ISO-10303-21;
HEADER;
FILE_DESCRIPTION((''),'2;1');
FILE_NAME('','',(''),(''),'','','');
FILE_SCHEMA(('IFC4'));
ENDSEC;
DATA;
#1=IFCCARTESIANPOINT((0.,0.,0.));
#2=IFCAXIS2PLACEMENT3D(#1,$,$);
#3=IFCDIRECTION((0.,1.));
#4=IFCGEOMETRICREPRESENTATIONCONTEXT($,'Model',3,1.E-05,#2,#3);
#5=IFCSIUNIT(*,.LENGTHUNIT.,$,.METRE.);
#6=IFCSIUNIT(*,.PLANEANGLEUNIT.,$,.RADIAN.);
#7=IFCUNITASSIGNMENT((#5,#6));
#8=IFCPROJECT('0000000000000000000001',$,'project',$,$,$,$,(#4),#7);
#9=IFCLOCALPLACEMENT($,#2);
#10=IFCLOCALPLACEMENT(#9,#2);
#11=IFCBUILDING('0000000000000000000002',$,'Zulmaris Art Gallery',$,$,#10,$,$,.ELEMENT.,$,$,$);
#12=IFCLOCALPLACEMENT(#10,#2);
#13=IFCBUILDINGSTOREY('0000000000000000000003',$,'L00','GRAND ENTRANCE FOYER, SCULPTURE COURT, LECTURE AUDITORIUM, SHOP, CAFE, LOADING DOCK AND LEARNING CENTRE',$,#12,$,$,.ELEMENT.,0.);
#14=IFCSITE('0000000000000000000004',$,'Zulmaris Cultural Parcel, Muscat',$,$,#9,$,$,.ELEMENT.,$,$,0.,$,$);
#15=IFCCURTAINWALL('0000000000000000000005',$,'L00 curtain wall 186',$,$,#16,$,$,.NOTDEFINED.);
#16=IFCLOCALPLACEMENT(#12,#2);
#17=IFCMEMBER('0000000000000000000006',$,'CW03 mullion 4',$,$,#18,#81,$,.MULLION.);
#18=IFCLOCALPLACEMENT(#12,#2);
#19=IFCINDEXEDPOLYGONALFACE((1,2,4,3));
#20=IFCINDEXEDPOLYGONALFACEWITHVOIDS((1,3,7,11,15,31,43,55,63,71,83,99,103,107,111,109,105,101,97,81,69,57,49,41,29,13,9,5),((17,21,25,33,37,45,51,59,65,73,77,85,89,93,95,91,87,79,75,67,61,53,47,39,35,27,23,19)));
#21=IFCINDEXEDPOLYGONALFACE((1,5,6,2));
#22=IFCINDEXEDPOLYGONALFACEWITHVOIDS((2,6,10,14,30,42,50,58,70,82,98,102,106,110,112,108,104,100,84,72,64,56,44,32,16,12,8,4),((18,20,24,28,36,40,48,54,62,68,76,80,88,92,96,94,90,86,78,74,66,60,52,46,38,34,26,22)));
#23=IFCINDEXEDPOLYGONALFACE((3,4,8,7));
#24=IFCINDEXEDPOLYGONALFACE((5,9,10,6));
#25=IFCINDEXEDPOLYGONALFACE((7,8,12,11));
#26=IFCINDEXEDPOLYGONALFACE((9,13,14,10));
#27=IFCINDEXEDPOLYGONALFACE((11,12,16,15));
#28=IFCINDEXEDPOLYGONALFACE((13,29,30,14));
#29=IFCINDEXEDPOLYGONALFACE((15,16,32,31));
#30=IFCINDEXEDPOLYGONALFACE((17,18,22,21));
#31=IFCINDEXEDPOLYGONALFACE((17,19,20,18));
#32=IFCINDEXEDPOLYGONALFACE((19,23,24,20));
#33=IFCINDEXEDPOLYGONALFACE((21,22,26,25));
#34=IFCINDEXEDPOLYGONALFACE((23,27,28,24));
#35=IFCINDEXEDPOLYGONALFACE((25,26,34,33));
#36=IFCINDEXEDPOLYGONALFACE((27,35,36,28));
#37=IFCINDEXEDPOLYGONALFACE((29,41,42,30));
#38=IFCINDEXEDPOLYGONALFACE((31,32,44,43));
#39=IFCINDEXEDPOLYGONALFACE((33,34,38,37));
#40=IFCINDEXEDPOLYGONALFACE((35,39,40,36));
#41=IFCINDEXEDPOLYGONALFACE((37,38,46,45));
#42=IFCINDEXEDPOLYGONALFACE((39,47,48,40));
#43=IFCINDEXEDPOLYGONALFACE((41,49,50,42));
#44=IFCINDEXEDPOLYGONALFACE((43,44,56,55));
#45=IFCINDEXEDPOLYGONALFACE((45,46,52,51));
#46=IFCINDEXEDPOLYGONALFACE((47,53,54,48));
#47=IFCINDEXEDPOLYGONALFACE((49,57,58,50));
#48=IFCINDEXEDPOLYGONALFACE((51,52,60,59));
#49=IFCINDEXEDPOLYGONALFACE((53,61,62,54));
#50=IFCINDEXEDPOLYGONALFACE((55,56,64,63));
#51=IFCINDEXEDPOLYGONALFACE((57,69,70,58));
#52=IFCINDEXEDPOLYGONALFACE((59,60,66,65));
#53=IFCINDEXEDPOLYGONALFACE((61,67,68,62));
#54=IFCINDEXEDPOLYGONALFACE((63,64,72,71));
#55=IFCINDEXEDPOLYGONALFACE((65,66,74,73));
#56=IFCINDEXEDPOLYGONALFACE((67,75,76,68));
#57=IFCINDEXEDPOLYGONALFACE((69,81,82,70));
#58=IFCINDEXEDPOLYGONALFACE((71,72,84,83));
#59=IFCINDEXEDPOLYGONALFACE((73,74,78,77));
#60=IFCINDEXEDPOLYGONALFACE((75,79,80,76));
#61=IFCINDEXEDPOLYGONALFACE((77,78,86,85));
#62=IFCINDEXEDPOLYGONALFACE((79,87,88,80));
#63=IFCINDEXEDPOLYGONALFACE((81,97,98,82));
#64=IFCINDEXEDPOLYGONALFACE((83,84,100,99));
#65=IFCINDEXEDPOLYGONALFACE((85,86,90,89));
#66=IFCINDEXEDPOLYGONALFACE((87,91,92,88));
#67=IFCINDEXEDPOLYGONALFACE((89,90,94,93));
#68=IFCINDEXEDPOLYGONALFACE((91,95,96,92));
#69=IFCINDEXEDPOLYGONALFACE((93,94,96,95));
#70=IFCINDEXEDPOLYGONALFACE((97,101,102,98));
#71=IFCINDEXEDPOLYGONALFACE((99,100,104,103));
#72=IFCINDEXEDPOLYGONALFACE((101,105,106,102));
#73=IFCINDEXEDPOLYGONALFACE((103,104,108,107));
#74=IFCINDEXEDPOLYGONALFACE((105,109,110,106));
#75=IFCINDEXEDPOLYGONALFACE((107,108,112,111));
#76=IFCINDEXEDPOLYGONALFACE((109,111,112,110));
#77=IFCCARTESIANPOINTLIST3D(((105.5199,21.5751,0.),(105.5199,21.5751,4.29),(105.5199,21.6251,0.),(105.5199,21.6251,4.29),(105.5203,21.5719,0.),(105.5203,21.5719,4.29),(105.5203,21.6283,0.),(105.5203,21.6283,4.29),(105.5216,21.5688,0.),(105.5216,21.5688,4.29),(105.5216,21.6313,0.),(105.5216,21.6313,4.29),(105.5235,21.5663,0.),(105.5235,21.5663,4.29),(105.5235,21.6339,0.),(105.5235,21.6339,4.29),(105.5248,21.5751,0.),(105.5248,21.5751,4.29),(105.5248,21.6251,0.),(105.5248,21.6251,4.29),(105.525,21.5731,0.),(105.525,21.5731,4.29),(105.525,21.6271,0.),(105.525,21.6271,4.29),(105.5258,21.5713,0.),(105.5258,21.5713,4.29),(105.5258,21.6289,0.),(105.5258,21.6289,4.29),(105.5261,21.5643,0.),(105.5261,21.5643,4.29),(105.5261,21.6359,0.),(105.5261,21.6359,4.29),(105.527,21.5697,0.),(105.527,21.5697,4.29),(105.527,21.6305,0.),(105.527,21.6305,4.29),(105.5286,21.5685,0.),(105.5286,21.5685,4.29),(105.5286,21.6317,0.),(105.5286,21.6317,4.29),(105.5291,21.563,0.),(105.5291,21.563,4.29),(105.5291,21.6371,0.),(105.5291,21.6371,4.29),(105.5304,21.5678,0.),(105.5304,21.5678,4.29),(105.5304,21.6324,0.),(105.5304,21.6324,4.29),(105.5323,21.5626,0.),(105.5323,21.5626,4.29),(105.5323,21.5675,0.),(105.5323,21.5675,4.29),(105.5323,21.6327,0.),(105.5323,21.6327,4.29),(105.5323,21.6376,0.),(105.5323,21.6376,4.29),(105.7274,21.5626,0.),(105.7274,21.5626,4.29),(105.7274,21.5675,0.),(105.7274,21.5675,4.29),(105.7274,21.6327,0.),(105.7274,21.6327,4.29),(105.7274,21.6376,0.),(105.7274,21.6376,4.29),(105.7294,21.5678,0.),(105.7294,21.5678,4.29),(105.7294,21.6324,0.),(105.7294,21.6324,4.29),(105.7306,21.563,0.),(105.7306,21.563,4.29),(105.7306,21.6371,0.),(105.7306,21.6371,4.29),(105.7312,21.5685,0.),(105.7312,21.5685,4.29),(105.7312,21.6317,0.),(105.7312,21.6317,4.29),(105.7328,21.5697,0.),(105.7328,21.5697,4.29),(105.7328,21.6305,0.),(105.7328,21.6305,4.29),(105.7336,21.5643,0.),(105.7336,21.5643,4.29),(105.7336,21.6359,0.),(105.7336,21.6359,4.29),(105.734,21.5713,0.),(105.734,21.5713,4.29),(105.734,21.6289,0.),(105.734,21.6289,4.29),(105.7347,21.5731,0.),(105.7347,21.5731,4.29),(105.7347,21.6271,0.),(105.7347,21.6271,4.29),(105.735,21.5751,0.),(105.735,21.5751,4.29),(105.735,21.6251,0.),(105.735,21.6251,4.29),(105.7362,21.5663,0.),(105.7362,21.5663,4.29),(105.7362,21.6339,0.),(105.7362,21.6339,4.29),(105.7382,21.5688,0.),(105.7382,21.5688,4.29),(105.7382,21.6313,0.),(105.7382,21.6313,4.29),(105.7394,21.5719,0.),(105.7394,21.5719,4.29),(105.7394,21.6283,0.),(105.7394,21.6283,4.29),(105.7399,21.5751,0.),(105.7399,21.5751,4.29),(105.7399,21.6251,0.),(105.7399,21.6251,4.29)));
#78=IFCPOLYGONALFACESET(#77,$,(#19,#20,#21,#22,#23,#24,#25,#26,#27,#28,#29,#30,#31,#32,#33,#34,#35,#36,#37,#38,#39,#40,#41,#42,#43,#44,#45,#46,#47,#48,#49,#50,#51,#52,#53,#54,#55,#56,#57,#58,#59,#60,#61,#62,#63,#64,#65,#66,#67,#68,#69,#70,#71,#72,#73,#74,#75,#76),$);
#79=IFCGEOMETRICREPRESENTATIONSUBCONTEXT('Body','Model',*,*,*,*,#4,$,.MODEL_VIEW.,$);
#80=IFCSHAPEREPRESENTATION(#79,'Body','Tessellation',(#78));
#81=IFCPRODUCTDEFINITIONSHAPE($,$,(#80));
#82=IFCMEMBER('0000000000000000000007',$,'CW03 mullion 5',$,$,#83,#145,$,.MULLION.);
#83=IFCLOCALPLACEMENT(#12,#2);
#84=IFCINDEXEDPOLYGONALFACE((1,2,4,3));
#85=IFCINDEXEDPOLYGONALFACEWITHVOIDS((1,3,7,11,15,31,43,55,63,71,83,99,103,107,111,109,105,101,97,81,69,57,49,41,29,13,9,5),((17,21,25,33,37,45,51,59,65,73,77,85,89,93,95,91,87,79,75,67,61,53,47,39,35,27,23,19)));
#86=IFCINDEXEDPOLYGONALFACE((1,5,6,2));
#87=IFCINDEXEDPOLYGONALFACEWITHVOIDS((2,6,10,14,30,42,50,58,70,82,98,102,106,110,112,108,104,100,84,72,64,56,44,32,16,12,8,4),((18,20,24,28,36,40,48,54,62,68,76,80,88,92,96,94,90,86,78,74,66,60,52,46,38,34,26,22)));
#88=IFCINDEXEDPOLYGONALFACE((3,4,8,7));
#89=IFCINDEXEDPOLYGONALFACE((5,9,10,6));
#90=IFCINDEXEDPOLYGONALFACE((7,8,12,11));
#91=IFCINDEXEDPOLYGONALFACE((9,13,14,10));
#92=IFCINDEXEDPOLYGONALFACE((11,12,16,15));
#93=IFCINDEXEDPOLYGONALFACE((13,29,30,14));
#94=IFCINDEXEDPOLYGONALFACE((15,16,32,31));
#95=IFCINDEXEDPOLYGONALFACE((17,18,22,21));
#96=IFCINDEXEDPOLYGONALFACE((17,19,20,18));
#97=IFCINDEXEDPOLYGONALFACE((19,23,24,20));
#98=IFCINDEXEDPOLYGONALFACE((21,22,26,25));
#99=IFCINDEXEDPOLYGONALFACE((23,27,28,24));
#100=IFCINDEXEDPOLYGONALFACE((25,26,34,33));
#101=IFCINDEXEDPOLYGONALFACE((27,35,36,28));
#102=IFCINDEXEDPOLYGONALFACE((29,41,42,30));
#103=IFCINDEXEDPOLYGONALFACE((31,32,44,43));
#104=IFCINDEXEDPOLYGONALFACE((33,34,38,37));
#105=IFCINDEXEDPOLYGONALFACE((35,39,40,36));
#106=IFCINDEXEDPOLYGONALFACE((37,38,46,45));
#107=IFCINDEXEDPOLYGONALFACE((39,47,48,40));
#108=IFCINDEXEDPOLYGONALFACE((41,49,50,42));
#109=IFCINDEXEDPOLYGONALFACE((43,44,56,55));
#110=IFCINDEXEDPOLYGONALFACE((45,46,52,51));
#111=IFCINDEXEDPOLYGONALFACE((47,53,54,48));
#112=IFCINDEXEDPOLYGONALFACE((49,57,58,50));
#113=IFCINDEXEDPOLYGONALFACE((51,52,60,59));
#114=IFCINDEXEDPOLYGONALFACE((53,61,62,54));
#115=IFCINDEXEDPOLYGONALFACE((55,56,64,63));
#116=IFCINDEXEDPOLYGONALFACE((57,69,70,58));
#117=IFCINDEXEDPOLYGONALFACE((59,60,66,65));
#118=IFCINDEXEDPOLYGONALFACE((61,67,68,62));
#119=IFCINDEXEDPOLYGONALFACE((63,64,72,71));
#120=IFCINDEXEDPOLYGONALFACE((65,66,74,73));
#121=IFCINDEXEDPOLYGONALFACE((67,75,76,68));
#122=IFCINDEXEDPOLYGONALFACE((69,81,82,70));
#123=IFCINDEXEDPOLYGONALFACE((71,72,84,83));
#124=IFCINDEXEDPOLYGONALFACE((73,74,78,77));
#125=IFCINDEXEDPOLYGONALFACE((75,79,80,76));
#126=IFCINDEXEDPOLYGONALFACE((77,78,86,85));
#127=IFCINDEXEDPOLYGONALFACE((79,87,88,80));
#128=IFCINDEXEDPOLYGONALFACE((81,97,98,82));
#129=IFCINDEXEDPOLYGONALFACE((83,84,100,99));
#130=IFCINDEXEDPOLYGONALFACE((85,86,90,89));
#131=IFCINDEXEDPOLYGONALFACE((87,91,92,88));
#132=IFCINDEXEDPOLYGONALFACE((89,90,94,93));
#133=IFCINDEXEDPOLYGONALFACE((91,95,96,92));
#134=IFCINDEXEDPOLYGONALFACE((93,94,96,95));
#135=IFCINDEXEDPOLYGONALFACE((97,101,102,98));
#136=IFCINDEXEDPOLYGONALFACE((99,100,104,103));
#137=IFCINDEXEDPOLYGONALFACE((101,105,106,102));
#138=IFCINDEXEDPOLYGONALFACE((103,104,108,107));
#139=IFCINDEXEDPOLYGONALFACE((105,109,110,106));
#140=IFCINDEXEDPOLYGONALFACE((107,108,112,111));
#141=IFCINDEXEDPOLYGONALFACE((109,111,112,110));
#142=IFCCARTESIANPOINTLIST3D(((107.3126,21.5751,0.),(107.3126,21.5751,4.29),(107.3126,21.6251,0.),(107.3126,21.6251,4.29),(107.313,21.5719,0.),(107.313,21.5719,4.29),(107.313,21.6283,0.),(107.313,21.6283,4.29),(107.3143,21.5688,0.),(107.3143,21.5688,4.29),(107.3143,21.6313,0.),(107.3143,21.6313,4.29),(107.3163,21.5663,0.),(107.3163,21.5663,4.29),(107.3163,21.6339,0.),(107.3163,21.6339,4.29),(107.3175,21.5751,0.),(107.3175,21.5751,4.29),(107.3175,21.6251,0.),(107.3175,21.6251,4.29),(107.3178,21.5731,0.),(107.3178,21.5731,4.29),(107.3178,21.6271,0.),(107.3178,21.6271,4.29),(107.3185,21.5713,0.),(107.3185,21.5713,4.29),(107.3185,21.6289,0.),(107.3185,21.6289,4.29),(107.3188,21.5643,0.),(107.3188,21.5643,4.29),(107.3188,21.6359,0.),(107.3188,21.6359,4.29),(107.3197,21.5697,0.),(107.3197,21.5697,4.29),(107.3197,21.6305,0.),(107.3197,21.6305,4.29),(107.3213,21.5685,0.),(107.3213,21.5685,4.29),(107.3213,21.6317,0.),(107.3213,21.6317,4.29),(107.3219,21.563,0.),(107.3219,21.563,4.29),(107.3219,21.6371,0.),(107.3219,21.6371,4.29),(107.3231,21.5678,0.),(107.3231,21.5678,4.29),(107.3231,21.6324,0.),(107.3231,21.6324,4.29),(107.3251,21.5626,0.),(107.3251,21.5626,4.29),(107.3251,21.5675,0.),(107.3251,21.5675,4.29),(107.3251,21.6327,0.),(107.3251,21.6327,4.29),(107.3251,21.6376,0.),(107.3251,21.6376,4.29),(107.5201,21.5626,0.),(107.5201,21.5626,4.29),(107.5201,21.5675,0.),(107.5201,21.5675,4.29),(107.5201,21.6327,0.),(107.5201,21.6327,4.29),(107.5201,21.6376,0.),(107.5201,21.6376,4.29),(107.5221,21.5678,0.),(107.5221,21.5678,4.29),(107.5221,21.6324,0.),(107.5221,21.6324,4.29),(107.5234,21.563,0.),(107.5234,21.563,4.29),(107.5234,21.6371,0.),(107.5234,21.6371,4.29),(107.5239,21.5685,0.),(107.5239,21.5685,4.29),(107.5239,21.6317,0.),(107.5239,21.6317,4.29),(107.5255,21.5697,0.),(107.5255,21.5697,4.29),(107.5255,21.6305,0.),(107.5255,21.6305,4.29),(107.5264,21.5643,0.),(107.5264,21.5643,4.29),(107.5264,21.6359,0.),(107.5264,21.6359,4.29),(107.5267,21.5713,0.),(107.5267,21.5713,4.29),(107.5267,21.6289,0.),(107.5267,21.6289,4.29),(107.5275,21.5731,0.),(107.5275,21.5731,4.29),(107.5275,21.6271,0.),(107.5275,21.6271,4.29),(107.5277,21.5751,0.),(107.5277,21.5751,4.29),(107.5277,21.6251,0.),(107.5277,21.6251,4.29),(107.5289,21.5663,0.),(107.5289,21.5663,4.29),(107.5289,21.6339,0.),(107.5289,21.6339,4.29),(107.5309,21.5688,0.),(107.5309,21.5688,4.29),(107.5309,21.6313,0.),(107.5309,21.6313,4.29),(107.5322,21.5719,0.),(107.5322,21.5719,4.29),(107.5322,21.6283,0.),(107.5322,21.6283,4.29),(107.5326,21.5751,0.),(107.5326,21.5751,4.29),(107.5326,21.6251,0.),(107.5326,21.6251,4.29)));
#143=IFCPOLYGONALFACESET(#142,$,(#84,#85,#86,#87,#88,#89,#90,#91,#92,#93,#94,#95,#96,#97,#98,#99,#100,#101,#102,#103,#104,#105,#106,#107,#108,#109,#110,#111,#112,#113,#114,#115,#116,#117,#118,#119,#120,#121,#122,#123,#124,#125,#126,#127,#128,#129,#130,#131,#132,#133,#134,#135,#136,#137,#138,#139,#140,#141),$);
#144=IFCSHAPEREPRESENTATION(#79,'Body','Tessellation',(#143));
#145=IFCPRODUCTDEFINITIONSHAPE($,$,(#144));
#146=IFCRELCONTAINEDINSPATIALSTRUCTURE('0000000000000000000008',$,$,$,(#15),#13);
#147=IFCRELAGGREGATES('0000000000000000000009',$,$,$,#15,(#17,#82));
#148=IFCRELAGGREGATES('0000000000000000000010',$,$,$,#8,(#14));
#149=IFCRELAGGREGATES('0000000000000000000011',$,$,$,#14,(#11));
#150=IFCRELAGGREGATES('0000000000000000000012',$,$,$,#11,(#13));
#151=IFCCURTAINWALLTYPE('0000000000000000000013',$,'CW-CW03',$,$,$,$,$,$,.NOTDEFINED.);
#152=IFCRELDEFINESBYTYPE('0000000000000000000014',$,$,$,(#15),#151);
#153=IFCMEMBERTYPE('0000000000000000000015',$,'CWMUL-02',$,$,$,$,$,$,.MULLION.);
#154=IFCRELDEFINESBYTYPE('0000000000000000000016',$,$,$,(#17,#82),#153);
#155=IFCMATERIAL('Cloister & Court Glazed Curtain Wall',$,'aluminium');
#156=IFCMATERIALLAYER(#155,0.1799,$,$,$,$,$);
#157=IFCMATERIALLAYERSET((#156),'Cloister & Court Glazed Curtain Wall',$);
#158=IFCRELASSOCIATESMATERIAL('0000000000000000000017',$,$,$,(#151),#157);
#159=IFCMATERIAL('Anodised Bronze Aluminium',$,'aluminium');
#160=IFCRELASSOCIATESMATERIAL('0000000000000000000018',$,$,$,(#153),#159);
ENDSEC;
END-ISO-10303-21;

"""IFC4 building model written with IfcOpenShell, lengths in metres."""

from ifc_helpers import new_model, si_unit, direction, frame, origin, origin_2d, place, context, subcontext, project, spatial, hollow_rectangle, extrude, material, layer, layer_set, material_profile, profile_set, type_object, element, aggregate, save


model = new_model("IFC4")

# Units and contexts
model_context = context("Model", 3, precision=1e-05, world=origin(), true_north=direction((0.0, 1.0)))
body_context = subcontext(model_context, "Body", "Model", "MODEL_VIEW")
ifc_project = project(units=[si_unit("LENGTHUNIT", "METRE"), si_unit("PLANEANGLEUNIT", "RADIAN")], contexts=[model_context])

# Site, building, storey
site_placement = place(None, origin())
site = spatial("IfcSite", under=ifc_project, at=site_placement, Name="Zulmaris Cultural Parcel, Muscat", CompositionType="ELEMENT", RefElevation=0.0)
building_placement = place(site_placement, origin())
building = spatial("IfcBuilding", under=site, at=building_placement, Name="Zulmaris Art Gallery", CompositionType="ELEMENT")
storey_placement = place(building_placement, origin())
storey = spatial("IfcBuildingStorey", under=building, at=storey_placement, Name="L00", Description="GRAND ENTRANCE FOYER, SCULPTURE COURT, LECTURE AUDITORIUM, SHOP, CAFE, LOADING DOCK AND LEARNING CENTRE", CompositionType="ELEMENT", Elevation=0.0)

# Shared definitions
ifc_material_1 = material(Name="Cloister & Court Glazed Curtain Wall", Category="aluminium")
ifc_layer_1 = layer(ifc_material_1, 0.1799)
ifc_layer_set_1 = layer_set([ifc_layer_1], Name="Cloister & Court Glazed Curtain Wall")
curtain_wall_type = type_object("IfcCurtainWallType", Name="CW-CW03", PredefinedType="NOTDEFINED", material=ifc_layer_set_1)
ifc_material_2 = material(Name="Anodised Bronze Aluminium", Category="aluminium")
ifc_material_profile_1 = material_profile(ifc_material_2, hollow_rectangle(XDim=0.075, YDim=0.22, WallThickness=0.0049, InnerFilletRadius=0.0076, OuterFilletRadius=0.0125, at=origin_2d()), Name="ALU 75x220x5")
ifc_profile_set_1 = profile_set([ifc_material_profile_1], Name="Anodised Bronze Aluminium")
member_type_1 = type_object("IfcMemberType", Name="CWMUL-02", PredefinedType="MULLION", material=ifc_profile_set_1)

# Curtain wall, members
curtain_wall_1_placement = place(storey_placement, origin())
curtain_wall_1 = element("IfcCurtainWall", 1, at=curtain_wall_1_placement, inside=storey, type_object=curtain_wall_type, Name="L00 curtain wall 186", PredefinedType="NOTDEFINED")
member_1_placement = place(storey_placement, frame((105.6299, 21.6001, 0.0), z_axis=(0.0, 0.0, 1.0), x_axis=(0.0, 1.0, 0.0)))
member_1 = element("IfcMember", 2, at=member_1_placement, type_object=member_type_1, Name="CW03 mullion 4", PredefinedType="MULLION", context=body_context, shape_type="SweptSolid", body=[
    extrude(hollow_rectangle(XDim=0.075, YDim=0.22, WallThickness=0.0049, InnerFilletRadius=0.0076, OuterFilletRadius=0.0125, at=origin_2d()), origin(), (0.0, 0.0, 1.0), 4.29),
])
member_2_placement = place(storey_placement, frame((107.4226, 21.6001, 0.0), z_axis=(0.0, 0.0, 1.0), x_axis=(0.0, 1.0, 0.0)))
member_2 = element("IfcMember", 3, at=member_2_placement, type_object=member_type_1, Name="CW03 mullion 5", PredefinedType="MULLION", context=body_context, shape_type="SweptSolid", body=[
    extrude(hollow_rectangle(XDim=0.075, YDim=0.22, WallThickness=0.0049, InnerFilletRadius=0.0076, OuterFilletRadius=0.0125, at=origin_2d()), origin(), (0.0, 0.0, 1.0), 4.29),
])

aggregate(curtain_wall_1, [member_1, member_2])

save(model, "model.ifc")
